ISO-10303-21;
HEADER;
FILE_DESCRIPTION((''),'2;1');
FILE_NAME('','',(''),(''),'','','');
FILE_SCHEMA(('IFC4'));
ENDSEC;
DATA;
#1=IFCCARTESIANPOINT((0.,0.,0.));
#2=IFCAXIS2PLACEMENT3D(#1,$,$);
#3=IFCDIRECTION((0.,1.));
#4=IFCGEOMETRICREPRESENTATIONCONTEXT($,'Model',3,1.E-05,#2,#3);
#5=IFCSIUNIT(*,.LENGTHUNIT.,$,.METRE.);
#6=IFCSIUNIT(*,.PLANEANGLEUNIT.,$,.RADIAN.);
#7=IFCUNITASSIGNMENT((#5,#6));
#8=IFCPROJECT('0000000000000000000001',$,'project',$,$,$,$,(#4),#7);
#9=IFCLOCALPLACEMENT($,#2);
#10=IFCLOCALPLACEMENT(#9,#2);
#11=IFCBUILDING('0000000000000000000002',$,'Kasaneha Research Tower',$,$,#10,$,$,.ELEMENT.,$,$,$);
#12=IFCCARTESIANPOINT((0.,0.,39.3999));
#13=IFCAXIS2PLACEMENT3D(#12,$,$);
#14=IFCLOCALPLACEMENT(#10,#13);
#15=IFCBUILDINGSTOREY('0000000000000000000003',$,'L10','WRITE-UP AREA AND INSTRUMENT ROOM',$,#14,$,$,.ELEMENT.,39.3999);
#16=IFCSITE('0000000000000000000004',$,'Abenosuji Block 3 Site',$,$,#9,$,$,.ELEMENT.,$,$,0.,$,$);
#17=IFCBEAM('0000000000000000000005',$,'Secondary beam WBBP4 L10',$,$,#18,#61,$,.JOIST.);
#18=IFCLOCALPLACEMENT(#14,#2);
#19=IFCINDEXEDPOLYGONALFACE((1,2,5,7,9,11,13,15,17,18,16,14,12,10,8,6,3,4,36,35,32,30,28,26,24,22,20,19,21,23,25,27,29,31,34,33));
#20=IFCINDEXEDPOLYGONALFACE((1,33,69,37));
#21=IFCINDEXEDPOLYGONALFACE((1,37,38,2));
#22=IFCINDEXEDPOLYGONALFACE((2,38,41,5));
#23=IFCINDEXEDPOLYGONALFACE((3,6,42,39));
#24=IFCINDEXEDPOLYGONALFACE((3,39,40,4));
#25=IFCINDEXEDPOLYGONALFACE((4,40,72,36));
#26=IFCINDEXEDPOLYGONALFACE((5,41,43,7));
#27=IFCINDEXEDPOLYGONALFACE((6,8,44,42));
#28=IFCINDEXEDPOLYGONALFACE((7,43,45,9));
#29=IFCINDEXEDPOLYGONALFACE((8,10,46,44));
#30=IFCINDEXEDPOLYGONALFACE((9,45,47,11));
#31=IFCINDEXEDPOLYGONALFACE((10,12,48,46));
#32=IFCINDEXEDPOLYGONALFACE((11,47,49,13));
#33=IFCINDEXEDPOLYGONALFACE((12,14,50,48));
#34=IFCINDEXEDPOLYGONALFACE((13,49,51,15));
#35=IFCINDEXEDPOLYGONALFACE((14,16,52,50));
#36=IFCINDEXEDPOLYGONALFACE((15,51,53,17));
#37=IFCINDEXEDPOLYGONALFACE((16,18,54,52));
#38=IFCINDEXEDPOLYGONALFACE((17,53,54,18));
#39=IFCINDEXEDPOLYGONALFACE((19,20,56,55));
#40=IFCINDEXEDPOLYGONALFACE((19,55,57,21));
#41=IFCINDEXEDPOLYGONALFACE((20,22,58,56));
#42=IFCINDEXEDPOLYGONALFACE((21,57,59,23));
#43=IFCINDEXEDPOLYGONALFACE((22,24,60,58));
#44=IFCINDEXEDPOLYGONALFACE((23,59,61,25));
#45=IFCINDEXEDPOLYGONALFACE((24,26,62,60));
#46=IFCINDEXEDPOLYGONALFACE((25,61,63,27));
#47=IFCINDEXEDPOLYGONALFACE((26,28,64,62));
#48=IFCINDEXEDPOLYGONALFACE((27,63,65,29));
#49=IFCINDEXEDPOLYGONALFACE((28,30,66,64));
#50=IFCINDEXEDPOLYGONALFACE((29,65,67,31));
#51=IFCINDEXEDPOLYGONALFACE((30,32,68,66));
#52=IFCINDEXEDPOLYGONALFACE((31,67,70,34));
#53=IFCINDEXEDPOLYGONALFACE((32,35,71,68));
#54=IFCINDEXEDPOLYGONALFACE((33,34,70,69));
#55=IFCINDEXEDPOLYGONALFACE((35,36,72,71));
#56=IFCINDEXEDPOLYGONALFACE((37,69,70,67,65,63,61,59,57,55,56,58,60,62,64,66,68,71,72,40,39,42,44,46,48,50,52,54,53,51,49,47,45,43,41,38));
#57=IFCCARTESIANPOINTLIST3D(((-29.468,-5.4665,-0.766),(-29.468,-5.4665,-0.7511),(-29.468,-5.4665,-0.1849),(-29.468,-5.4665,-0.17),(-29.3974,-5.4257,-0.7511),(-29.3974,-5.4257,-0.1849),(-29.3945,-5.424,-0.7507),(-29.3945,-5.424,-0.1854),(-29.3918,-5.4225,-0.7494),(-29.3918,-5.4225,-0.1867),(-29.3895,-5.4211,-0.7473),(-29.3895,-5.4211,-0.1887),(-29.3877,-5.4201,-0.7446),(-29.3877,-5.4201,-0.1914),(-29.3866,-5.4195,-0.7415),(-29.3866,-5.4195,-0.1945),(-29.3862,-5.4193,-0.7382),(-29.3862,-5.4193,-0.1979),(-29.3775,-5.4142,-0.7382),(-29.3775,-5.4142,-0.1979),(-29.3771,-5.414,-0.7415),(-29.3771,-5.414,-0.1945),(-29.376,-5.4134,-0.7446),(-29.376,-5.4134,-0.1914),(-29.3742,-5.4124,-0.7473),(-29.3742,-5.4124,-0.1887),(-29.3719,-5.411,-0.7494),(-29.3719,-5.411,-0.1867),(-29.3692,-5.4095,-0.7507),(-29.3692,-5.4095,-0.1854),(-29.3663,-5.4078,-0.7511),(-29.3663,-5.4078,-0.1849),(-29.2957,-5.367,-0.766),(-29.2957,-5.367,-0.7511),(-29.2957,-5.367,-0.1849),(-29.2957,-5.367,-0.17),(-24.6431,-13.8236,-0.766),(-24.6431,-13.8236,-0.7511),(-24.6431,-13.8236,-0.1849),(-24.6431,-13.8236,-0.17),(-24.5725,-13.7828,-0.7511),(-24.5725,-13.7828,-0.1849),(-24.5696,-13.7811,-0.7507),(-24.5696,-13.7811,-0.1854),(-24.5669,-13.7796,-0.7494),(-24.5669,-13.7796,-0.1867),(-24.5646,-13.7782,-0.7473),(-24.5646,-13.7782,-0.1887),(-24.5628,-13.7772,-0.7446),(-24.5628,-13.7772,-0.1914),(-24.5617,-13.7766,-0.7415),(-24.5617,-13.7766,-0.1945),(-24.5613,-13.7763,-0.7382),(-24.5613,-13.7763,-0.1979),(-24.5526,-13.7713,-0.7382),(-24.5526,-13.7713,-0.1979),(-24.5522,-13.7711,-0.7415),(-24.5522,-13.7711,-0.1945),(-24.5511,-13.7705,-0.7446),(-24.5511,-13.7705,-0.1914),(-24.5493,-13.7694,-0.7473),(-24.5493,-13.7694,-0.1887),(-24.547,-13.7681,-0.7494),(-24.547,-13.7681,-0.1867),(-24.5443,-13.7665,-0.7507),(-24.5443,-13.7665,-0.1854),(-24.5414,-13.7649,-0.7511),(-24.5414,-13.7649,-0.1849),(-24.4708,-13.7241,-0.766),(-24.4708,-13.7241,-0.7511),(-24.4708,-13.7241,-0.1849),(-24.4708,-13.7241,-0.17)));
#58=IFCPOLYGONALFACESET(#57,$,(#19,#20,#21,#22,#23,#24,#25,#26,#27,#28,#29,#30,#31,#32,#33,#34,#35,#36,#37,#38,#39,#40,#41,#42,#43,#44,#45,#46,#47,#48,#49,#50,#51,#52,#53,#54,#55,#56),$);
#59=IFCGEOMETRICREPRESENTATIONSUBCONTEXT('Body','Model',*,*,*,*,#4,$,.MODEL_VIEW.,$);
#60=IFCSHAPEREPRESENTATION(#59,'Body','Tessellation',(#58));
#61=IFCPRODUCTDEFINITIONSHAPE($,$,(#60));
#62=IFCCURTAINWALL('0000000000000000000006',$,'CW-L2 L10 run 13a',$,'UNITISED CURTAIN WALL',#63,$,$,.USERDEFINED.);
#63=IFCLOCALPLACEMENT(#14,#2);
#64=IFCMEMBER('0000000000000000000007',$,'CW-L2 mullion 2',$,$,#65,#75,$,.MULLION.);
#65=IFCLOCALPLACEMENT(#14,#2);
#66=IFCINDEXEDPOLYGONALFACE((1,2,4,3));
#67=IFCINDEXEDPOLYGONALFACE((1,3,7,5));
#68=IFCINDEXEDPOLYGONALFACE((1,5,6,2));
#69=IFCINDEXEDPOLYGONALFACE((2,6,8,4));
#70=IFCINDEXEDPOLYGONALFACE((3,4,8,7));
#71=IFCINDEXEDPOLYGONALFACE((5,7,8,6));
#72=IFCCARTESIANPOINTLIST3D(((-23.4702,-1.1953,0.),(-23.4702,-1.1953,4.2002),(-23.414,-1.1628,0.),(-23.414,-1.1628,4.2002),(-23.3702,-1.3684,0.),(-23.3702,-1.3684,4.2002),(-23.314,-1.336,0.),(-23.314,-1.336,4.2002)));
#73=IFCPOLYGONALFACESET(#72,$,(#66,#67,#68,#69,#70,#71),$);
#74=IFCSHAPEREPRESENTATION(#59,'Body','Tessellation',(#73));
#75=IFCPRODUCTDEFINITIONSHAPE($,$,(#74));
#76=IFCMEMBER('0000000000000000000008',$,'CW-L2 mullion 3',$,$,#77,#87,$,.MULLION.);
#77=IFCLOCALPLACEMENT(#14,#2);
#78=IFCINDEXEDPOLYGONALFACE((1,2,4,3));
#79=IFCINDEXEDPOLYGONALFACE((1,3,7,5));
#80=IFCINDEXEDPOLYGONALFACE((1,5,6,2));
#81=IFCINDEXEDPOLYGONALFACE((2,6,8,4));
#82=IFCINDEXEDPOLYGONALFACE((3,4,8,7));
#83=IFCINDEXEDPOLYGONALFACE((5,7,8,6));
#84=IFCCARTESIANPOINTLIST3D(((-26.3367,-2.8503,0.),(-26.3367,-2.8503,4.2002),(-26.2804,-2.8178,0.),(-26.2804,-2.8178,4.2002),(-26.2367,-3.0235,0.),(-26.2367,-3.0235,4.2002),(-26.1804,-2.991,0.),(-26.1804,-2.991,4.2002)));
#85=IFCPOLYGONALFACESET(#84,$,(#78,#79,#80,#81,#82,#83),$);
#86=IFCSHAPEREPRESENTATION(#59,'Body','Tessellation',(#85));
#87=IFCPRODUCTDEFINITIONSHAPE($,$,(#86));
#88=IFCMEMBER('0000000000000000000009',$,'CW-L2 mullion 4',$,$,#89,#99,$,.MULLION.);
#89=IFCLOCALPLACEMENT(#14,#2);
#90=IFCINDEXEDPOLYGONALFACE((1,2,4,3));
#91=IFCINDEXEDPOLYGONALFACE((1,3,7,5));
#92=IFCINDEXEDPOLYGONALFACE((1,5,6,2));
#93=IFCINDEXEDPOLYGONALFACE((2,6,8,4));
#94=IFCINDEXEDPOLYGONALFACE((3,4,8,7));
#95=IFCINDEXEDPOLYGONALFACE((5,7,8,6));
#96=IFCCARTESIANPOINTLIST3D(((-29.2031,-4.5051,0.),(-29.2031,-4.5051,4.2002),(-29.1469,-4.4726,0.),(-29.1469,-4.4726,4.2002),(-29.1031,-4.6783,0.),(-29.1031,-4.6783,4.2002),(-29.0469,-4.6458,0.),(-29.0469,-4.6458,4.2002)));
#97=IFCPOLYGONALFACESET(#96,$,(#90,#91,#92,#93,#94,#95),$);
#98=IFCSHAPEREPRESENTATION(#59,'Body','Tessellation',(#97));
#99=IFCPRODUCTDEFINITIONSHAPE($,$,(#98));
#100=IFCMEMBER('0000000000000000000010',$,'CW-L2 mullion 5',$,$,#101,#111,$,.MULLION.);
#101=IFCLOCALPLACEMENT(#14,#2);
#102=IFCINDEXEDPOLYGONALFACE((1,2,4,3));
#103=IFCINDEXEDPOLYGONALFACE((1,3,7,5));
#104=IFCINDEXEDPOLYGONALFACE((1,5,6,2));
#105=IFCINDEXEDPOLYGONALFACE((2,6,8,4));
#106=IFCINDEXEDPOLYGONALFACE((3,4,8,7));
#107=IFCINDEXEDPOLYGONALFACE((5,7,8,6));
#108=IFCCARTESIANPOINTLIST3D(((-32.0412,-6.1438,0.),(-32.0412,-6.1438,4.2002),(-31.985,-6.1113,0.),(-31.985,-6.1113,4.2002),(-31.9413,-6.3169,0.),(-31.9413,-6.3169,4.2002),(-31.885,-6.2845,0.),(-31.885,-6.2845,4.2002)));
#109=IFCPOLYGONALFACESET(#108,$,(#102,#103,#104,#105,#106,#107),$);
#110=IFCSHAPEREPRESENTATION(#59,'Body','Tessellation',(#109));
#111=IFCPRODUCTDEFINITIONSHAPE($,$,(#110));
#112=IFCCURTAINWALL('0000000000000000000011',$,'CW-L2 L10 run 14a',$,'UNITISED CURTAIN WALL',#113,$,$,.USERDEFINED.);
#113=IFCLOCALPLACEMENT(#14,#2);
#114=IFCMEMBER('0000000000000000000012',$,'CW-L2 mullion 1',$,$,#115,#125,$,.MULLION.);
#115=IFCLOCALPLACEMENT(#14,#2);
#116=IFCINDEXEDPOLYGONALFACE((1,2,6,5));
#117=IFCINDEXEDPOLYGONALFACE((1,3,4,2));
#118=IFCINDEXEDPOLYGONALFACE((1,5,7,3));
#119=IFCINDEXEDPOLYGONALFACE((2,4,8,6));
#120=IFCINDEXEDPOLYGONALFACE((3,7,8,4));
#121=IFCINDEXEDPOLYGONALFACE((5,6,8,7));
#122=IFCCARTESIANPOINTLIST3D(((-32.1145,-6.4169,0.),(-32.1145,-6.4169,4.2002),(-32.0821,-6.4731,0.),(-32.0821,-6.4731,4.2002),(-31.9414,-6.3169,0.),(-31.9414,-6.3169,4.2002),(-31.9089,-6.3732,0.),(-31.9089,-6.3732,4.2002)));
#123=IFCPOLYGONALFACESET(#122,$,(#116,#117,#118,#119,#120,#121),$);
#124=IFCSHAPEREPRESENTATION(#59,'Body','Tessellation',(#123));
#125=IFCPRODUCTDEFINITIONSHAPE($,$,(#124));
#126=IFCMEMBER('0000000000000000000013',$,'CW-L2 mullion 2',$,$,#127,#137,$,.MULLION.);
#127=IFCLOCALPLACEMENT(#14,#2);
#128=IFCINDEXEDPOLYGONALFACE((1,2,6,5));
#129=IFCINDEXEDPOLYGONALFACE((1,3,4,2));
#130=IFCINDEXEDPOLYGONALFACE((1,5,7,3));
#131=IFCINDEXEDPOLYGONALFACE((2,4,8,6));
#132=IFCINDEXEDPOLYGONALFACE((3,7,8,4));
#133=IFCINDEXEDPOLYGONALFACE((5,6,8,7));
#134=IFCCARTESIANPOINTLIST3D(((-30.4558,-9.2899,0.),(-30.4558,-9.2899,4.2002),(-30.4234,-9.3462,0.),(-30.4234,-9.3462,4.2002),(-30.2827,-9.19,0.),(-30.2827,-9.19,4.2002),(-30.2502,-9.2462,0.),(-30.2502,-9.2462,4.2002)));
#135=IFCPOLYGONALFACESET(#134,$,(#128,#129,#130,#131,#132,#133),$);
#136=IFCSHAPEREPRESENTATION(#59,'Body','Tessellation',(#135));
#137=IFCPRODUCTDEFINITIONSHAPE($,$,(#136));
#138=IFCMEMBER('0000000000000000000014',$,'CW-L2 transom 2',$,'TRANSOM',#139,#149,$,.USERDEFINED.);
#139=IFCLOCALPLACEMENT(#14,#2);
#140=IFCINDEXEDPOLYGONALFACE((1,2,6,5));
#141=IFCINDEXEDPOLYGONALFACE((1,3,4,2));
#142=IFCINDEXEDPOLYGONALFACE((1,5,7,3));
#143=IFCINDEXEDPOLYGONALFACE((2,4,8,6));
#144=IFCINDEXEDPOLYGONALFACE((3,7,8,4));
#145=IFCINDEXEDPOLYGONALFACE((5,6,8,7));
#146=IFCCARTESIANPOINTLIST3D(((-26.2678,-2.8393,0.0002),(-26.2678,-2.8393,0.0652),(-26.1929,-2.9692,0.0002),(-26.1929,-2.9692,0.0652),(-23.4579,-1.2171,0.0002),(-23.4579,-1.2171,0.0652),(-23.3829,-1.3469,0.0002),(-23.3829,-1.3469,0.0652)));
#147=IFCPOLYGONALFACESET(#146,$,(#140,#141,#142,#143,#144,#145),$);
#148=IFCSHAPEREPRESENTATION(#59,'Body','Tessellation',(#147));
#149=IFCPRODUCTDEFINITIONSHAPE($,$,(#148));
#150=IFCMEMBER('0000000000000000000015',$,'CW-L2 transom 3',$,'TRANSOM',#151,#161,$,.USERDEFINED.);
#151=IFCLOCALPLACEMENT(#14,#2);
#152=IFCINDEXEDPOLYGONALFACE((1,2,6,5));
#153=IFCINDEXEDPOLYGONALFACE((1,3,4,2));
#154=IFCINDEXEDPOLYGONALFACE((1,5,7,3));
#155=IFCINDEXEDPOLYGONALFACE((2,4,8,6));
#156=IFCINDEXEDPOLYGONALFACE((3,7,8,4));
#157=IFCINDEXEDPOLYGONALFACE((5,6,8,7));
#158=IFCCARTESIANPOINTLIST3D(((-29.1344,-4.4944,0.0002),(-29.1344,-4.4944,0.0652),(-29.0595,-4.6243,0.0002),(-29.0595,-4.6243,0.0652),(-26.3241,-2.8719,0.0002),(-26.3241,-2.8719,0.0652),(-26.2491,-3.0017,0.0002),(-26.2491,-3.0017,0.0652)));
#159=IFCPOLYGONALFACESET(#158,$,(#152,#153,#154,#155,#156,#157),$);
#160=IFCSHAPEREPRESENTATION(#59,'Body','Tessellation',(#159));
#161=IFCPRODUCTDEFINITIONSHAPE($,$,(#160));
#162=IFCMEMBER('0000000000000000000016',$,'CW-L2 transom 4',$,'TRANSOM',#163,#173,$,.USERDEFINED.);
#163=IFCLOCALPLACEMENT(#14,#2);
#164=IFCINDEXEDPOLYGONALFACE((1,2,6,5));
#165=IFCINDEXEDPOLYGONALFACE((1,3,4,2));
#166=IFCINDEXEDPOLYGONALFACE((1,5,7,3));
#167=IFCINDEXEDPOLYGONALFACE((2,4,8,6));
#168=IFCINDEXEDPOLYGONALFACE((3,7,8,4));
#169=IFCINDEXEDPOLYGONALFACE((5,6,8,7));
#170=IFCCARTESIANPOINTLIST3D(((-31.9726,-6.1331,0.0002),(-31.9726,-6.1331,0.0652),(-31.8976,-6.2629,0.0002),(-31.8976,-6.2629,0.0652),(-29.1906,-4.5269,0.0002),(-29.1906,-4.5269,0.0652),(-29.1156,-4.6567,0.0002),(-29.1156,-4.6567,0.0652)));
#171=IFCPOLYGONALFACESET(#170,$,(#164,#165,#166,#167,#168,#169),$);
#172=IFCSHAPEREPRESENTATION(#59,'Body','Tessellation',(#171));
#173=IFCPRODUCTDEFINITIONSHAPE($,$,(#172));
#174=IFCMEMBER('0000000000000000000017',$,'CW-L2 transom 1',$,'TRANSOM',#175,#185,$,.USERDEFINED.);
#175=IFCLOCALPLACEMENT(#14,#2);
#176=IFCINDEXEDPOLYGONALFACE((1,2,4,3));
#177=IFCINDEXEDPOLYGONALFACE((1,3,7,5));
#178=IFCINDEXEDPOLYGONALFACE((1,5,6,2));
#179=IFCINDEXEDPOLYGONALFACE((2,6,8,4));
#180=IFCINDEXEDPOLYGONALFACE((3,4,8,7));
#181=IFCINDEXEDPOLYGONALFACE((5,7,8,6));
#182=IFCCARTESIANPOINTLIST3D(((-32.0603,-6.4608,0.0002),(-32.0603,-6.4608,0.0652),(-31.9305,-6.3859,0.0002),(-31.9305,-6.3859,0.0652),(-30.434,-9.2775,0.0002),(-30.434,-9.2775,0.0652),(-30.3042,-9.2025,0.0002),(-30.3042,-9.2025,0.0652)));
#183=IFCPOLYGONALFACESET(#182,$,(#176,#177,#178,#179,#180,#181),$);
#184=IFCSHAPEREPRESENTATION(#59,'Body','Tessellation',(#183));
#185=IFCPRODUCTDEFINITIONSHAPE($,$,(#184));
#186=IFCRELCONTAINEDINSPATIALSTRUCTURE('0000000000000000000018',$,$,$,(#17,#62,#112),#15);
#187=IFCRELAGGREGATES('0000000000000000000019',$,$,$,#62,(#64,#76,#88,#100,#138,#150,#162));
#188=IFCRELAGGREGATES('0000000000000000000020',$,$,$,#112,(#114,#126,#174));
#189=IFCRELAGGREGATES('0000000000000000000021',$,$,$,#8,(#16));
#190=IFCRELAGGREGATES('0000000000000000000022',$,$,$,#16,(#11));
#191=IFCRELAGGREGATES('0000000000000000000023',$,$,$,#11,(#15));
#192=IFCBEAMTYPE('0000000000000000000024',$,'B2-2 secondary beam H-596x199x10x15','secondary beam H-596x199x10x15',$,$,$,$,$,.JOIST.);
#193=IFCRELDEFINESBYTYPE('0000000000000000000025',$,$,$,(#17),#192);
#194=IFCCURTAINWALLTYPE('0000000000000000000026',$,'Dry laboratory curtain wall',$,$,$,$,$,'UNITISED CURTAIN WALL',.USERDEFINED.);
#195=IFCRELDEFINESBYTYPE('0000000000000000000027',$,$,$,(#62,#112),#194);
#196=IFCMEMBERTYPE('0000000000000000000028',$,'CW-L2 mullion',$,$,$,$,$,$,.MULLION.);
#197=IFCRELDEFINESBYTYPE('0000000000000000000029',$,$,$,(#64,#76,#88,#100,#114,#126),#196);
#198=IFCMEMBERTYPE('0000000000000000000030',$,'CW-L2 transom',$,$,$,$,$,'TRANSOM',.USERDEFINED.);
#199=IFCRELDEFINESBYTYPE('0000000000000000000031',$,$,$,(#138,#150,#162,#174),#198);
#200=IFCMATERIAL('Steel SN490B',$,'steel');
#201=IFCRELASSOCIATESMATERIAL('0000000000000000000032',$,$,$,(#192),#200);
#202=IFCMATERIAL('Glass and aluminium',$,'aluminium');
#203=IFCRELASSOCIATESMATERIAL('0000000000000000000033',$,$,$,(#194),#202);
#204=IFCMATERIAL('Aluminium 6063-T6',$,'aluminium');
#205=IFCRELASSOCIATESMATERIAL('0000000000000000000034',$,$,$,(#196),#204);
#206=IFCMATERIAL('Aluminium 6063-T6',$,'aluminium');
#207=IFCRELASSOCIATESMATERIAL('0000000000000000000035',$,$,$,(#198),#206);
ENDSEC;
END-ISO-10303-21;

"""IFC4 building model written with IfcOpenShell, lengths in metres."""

from ifc_helpers import new_model, si_unit, direction, frame, origin, origin_2d, place, context, subcontext, project, spatial, rectangle, i_section, extrude, material, material_profile, profile_set, type_object, element, aggregate, save


model = new_model("IFC4")

# Units and contexts
model_context = context("Model", 3, precision=1e-05, world=origin(), true_north=direction((0.0, 1.0)))
body_context = subcontext(model_context, "Body", "Model", "MODEL_VIEW")
ifc_project = project(units=[si_unit("LENGTHUNIT", "METRE"), si_unit("PLANEANGLEUNIT", "RADIAN")], contexts=[model_context])

# Site, building, storey
site_placement = place(None, origin())
site = spatial("IfcSite", under=ifc_project, at=site_placement, Name="Abenosuji Block 3 Site", CompositionType="ELEMENT", RefElevation=0.0)
building_placement = place(site_placement, origin())
building = spatial("IfcBuilding", under=site, at=building_placement, Name="Kasaneha Research Tower", CompositionType="ELEMENT")
storey_placement = place(building_placement, frame((0.0, 0.0, 39.3999)))
storey = spatial("IfcBuildingStorey", under=building, at=storey_placement, Name="L10", Description="WRITE-UP AREA AND INSTRUMENT ROOM", CompositionType="ELEMENT", Elevation=39.3999)

# Beam
ifc_material_1 = material(Name="Steel SN490B", Category="steel")
ifc_material_profile_1 = material_profile(ifc_material_1, i_section(OverallWidth=0.199, OverallDepth=0.5959, WebThickness=0.01, FlangeThickness=0.0149, FilletRadius=0.0129, at=origin_2d()), Name="H-596x199x10x15")
ifc_profile_set_1 = profile_set([ifc_material_profile_1], Name="Steel SN490B")
beam_type_1 = type_object("IfcBeamType", Name="B2-2 secondary beam H-596x199x10x15", Description="secondary beam H-596x199x10x15", PredefinedType="JOIST", material=ifc_profile_set_1)
for number, where, z_axis, x_axis, name in (
    (1, (-29.3818, -5.4167, -0.468), (0.499995, -0.866028, 0.0), (0.866028, 0.499995, 0.0), "Secondary beam WBBP4 L10"),
):
    element("IfcBeam", number, at=place(storey_placement, frame(where, z_axis=z_axis, x_axis=x_axis)), inside=storey, type_object=beam_type_1, Name=name, PredefinedType="JOIST", context=body_context, shape_type="SweptSolid", body=[
        extrude(i_section(OverallWidth=0.199, OverallDepth=0.5959, WebThickness=0.01, FlangeThickness=0.0149, FilletRadius=0.0129, at=origin_2d()), origin(), (0.0, 0.0, 1.0), 9.6499),
    ])

# Curtain walls, members
ifc_material_2 = material(Name="Glass and aluminium", Category="aluminium")
curtain_wall_type = type_object("IfcCurtainWallType", Name="Dry laboratory curtain wall", ElementType="UNITISED CURTAIN WALL", PredefinedType="USERDEFINED", material=ifc_material_2)
curtain_wall_1_placement = place(storey_placement, origin())
curtain_wall_1 = element("IfcCurtainWall", 2, at=curtain_wall_1_placement, inside=storey, type_object=curtain_wall_type, Name="CW-L2 L10 run 13a", ObjectType="UNITISED CURTAIN WALL", PredefinedType="USERDEFINED")
ifc_material_3 = material(Name="Aluminium 6063-T6", Category="aluminium")
ifc_material_profile_2 = material_profile(ifc_material_3, rectangle(XDim=0.0649, YDim=0.2, at=origin_2d()), Name="CW-L2 mullion 65x200")
ifc_profile_set_2 = profile_set([ifc_material_profile_2], Name="Aluminium 6063-T6")
member_type_1 = type_object("IfcMemberType", Name="CW-L2 mullion", PredefinedType="MULLION", material=ifc_profile_set_2)
member_1_placement = place(storey_placement, frame((-23.3921, -1.2656, 0.0), z_axis=(0.0, 0.0, 1.0), x_axis=(-0.866025, -0.5, 0.0)))
member_1 = element("IfcMember", 3, at=member_1_placement, type_object=member_type_1, Name="CW-L2 mullion 2", PredefinedType="MULLION", context=body_context, shape_type="SweptSolid", body=[
    extrude(rectangle(XDim=0.0649, YDim=0.2, at=origin_2d()), origin(), (0.0, 0.0, 1.0), 4.2002),
])
member_2_placement = place(storey_placement, frame((-26.2585, -2.9207, 0.0), z_axis=(0.0, 0.0, 1.0), x_axis=(-0.866025, -0.5, 0.0)))
member_2 = element("IfcMember", 4, at=member_2_placement, type_object=member_type_1, Name="CW-L2 mullion 3", PredefinedType="MULLION", context=body_context, shape_type="SweptSolid", body=[
    extrude(rectangle(XDim=0.0649, YDim=0.2, at=origin_2d()), origin(), (0.0, 0.0, 1.0), 4.2002),
])
member_3_placement = place(storey_placement, frame((-29.125, -4.5754, 0.0), z_axis=(0.0, 0.0, 1.0), x_axis=(-0.866025, -0.5, 0.0)))
member_3 = element("IfcMember", 5, at=member_3_placement, type_object=member_type_1, Name="CW-L2 mullion 4", PredefinedType="MULLION", context=body_context, shape_type="SweptSolid", body=[
    extrude(rectangle(XDim=0.0649, YDim=0.2, at=origin_2d()), origin(), (0.0, 0.0, 1.0), 4.2002),
])
member_4_placement = place(storey_placement, frame((-31.9631, -6.2141, 0.0), z_axis=(0.0, 0.0, 1.0), x_axis=(-0.866025, -0.5, 0.0)))
member_4 = element("IfcMember", 6, at=member_4_placement, type_object=member_type_1, Name="CW-L2 mullion 5", PredefinedType="MULLION", context=body_context, shape_type="SweptSolid", body=[
    extrude(rectangle(XDim=0.0649, YDim=0.2, at=origin_2d()), origin(), (0.0, 0.0, 1.0), 4.2002),
])
curtain_wall_2_placement = place(storey_placement, origin())
curtain_wall_2 = element("IfcCurtainWall", 7, at=curtain_wall_2_placement, inside=storey, type_object=curtain_wall_type, Name="CW-L2 L10 run 14a", ObjectType="UNITISED CURTAIN WALL", PredefinedType="USERDEFINED")
member_5_placement = place(storey_placement, frame((-32.0117, -6.395, 0.0), z_axis=(0.0, 0.0, 1.0), x_axis=(0.5, -0.866025, 0.0)))
member_5 = element("IfcMember", 8, at=member_5_placement, type_object=member_type_1, Name="CW-L2 mullion 1", PredefinedType="MULLION", context=body_context, shape_type="SweptSolid", body=[
    extrude(rectangle(XDim=0.0649, YDim=0.2, at=origin_2d()), origin(), (0.0, 0.0, 1.0), 4.2002),
])
member_6_placement = place(storey_placement, frame((-30.353, -9.2681, 0.0), z_axis=(0.0, 0.0, 1.0), x_axis=(0.5, -0.866025, 0.0)))
member_6 = element("IfcMember", 9, at=member_6_placement, type_object=member_type_1, Name="CW-L2 mullion 2", PredefinedType="MULLION", context=body_context, shape_type="SweptSolid", body=[
    extrude(rectangle(XDim=0.0649, YDim=0.2, at=origin_2d()), origin(), (0.0, 0.0, 1.0), 4.2002),
])

# Members
ifc_material_4 = material(Name="Aluminium 6063-T6", Category="aluminium")
ifc_material_profile_3 = material_profile(ifc_material_4, rectangle(XDim=0.1499, YDim=0.0649, at=origin_2d()), Name="CW-L2 transom 150x65")
ifc_profile_set_3 = profile_set([ifc_material_profile_3], Name="Aluminium 6063-T6")
member_type_2 = type_object("IfcMemberType", Name="CW-L2 transom", ElementType="TRANSOM", PredefinedType="USERDEFINED", material=ifc_profile_set_3)
member_7_placement = place(storey_placement, frame((-23.4204, -1.282, 0.0327), z_axis=(-0.866035, -0.499983, 0.0), x_axis=(0.499983, -0.866035, 0.0)))
member_7 = element("IfcMember", 10, at=member_7_placement, type_object=member_type_2, Name="CW-L2 transom 2", ObjectType="TRANSOM", PredefinedType="USERDEFINED", context=body_context, shape_type="SweptSolid", body=[
    extrude(rectangle(XDim=0.1499, YDim=0.0649, at=origin_2d()), origin(), (0.0, 0.0, 1.0), 3.2446),
])
member_8_placement = place(storey_placement, frame((-26.2866, -2.9368, 0.0327), z_axis=(-0.866021, -0.500007, 0.0), x_axis=(0.500007, -0.866021, 0.0)))
member_8 = element("IfcMember", 11, at=member_8_placement, type_object=member_type_2, Name="CW-L2 transom 3", ObjectType="TRANSOM", PredefinedType="USERDEFINED", context=body_context, shape_type="SweptSolid", body=[
    extrude(rectangle(XDim=0.1499, YDim=0.0649, at=origin_2d()), origin(), (0.0, 0.0, 1.0), 3.2451),
])
member_9_placement = place(storey_placement, frame((-29.1531, -4.5918, 0.0327), z_axis=(-0.866022, -0.500005, 0.0), x_axis=(0.500005, -0.866022, 0.0)))
member_9 = element("IfcMember", 12, at=member_9_placement, type_object=member_type_2, Name="CW-L2 transom 4", ObjectType="TRANSOM", PredefinedType="USERDEFINED", context=body_context, shape_type="SweptSolid", body=[
    extrude(rectangle(XDim=0.1499, YDim=0.0649, at=origin_2d()), origin(), (0.0, 0.0, 1.0), 3.2124),
])
member_10_placement = place(storey_placement, frame((-31.9954, -6.4233, 0.0327), z_axis=(0.500006, -0.866022, 0.0), x_axis=(0.866022, 0.500006, 0.0)))
member_10 = element("IfcMember", 13, at=member_10_placement, type_object=member_type_2, Name="CW-L2 transom 1", ObjectType="TRANSOM", PredefinedType="USERDEFINED", context=body_context, shape_type="SweptSolid", body=[
    extrude(rectangle(XDim=0.1499, YDim=0.0649, at=origin_2d()), origin(), (0.0, 0.0, 1.0), 3.2524),
])

aggregate(curtain_wall_1, [member_1, member_2, member_3, member_4, member_7, member_8, member_9])
aggregate(curtain_wall_2, [member_5, member_6, member_10])

save(model, "model.ifc")
